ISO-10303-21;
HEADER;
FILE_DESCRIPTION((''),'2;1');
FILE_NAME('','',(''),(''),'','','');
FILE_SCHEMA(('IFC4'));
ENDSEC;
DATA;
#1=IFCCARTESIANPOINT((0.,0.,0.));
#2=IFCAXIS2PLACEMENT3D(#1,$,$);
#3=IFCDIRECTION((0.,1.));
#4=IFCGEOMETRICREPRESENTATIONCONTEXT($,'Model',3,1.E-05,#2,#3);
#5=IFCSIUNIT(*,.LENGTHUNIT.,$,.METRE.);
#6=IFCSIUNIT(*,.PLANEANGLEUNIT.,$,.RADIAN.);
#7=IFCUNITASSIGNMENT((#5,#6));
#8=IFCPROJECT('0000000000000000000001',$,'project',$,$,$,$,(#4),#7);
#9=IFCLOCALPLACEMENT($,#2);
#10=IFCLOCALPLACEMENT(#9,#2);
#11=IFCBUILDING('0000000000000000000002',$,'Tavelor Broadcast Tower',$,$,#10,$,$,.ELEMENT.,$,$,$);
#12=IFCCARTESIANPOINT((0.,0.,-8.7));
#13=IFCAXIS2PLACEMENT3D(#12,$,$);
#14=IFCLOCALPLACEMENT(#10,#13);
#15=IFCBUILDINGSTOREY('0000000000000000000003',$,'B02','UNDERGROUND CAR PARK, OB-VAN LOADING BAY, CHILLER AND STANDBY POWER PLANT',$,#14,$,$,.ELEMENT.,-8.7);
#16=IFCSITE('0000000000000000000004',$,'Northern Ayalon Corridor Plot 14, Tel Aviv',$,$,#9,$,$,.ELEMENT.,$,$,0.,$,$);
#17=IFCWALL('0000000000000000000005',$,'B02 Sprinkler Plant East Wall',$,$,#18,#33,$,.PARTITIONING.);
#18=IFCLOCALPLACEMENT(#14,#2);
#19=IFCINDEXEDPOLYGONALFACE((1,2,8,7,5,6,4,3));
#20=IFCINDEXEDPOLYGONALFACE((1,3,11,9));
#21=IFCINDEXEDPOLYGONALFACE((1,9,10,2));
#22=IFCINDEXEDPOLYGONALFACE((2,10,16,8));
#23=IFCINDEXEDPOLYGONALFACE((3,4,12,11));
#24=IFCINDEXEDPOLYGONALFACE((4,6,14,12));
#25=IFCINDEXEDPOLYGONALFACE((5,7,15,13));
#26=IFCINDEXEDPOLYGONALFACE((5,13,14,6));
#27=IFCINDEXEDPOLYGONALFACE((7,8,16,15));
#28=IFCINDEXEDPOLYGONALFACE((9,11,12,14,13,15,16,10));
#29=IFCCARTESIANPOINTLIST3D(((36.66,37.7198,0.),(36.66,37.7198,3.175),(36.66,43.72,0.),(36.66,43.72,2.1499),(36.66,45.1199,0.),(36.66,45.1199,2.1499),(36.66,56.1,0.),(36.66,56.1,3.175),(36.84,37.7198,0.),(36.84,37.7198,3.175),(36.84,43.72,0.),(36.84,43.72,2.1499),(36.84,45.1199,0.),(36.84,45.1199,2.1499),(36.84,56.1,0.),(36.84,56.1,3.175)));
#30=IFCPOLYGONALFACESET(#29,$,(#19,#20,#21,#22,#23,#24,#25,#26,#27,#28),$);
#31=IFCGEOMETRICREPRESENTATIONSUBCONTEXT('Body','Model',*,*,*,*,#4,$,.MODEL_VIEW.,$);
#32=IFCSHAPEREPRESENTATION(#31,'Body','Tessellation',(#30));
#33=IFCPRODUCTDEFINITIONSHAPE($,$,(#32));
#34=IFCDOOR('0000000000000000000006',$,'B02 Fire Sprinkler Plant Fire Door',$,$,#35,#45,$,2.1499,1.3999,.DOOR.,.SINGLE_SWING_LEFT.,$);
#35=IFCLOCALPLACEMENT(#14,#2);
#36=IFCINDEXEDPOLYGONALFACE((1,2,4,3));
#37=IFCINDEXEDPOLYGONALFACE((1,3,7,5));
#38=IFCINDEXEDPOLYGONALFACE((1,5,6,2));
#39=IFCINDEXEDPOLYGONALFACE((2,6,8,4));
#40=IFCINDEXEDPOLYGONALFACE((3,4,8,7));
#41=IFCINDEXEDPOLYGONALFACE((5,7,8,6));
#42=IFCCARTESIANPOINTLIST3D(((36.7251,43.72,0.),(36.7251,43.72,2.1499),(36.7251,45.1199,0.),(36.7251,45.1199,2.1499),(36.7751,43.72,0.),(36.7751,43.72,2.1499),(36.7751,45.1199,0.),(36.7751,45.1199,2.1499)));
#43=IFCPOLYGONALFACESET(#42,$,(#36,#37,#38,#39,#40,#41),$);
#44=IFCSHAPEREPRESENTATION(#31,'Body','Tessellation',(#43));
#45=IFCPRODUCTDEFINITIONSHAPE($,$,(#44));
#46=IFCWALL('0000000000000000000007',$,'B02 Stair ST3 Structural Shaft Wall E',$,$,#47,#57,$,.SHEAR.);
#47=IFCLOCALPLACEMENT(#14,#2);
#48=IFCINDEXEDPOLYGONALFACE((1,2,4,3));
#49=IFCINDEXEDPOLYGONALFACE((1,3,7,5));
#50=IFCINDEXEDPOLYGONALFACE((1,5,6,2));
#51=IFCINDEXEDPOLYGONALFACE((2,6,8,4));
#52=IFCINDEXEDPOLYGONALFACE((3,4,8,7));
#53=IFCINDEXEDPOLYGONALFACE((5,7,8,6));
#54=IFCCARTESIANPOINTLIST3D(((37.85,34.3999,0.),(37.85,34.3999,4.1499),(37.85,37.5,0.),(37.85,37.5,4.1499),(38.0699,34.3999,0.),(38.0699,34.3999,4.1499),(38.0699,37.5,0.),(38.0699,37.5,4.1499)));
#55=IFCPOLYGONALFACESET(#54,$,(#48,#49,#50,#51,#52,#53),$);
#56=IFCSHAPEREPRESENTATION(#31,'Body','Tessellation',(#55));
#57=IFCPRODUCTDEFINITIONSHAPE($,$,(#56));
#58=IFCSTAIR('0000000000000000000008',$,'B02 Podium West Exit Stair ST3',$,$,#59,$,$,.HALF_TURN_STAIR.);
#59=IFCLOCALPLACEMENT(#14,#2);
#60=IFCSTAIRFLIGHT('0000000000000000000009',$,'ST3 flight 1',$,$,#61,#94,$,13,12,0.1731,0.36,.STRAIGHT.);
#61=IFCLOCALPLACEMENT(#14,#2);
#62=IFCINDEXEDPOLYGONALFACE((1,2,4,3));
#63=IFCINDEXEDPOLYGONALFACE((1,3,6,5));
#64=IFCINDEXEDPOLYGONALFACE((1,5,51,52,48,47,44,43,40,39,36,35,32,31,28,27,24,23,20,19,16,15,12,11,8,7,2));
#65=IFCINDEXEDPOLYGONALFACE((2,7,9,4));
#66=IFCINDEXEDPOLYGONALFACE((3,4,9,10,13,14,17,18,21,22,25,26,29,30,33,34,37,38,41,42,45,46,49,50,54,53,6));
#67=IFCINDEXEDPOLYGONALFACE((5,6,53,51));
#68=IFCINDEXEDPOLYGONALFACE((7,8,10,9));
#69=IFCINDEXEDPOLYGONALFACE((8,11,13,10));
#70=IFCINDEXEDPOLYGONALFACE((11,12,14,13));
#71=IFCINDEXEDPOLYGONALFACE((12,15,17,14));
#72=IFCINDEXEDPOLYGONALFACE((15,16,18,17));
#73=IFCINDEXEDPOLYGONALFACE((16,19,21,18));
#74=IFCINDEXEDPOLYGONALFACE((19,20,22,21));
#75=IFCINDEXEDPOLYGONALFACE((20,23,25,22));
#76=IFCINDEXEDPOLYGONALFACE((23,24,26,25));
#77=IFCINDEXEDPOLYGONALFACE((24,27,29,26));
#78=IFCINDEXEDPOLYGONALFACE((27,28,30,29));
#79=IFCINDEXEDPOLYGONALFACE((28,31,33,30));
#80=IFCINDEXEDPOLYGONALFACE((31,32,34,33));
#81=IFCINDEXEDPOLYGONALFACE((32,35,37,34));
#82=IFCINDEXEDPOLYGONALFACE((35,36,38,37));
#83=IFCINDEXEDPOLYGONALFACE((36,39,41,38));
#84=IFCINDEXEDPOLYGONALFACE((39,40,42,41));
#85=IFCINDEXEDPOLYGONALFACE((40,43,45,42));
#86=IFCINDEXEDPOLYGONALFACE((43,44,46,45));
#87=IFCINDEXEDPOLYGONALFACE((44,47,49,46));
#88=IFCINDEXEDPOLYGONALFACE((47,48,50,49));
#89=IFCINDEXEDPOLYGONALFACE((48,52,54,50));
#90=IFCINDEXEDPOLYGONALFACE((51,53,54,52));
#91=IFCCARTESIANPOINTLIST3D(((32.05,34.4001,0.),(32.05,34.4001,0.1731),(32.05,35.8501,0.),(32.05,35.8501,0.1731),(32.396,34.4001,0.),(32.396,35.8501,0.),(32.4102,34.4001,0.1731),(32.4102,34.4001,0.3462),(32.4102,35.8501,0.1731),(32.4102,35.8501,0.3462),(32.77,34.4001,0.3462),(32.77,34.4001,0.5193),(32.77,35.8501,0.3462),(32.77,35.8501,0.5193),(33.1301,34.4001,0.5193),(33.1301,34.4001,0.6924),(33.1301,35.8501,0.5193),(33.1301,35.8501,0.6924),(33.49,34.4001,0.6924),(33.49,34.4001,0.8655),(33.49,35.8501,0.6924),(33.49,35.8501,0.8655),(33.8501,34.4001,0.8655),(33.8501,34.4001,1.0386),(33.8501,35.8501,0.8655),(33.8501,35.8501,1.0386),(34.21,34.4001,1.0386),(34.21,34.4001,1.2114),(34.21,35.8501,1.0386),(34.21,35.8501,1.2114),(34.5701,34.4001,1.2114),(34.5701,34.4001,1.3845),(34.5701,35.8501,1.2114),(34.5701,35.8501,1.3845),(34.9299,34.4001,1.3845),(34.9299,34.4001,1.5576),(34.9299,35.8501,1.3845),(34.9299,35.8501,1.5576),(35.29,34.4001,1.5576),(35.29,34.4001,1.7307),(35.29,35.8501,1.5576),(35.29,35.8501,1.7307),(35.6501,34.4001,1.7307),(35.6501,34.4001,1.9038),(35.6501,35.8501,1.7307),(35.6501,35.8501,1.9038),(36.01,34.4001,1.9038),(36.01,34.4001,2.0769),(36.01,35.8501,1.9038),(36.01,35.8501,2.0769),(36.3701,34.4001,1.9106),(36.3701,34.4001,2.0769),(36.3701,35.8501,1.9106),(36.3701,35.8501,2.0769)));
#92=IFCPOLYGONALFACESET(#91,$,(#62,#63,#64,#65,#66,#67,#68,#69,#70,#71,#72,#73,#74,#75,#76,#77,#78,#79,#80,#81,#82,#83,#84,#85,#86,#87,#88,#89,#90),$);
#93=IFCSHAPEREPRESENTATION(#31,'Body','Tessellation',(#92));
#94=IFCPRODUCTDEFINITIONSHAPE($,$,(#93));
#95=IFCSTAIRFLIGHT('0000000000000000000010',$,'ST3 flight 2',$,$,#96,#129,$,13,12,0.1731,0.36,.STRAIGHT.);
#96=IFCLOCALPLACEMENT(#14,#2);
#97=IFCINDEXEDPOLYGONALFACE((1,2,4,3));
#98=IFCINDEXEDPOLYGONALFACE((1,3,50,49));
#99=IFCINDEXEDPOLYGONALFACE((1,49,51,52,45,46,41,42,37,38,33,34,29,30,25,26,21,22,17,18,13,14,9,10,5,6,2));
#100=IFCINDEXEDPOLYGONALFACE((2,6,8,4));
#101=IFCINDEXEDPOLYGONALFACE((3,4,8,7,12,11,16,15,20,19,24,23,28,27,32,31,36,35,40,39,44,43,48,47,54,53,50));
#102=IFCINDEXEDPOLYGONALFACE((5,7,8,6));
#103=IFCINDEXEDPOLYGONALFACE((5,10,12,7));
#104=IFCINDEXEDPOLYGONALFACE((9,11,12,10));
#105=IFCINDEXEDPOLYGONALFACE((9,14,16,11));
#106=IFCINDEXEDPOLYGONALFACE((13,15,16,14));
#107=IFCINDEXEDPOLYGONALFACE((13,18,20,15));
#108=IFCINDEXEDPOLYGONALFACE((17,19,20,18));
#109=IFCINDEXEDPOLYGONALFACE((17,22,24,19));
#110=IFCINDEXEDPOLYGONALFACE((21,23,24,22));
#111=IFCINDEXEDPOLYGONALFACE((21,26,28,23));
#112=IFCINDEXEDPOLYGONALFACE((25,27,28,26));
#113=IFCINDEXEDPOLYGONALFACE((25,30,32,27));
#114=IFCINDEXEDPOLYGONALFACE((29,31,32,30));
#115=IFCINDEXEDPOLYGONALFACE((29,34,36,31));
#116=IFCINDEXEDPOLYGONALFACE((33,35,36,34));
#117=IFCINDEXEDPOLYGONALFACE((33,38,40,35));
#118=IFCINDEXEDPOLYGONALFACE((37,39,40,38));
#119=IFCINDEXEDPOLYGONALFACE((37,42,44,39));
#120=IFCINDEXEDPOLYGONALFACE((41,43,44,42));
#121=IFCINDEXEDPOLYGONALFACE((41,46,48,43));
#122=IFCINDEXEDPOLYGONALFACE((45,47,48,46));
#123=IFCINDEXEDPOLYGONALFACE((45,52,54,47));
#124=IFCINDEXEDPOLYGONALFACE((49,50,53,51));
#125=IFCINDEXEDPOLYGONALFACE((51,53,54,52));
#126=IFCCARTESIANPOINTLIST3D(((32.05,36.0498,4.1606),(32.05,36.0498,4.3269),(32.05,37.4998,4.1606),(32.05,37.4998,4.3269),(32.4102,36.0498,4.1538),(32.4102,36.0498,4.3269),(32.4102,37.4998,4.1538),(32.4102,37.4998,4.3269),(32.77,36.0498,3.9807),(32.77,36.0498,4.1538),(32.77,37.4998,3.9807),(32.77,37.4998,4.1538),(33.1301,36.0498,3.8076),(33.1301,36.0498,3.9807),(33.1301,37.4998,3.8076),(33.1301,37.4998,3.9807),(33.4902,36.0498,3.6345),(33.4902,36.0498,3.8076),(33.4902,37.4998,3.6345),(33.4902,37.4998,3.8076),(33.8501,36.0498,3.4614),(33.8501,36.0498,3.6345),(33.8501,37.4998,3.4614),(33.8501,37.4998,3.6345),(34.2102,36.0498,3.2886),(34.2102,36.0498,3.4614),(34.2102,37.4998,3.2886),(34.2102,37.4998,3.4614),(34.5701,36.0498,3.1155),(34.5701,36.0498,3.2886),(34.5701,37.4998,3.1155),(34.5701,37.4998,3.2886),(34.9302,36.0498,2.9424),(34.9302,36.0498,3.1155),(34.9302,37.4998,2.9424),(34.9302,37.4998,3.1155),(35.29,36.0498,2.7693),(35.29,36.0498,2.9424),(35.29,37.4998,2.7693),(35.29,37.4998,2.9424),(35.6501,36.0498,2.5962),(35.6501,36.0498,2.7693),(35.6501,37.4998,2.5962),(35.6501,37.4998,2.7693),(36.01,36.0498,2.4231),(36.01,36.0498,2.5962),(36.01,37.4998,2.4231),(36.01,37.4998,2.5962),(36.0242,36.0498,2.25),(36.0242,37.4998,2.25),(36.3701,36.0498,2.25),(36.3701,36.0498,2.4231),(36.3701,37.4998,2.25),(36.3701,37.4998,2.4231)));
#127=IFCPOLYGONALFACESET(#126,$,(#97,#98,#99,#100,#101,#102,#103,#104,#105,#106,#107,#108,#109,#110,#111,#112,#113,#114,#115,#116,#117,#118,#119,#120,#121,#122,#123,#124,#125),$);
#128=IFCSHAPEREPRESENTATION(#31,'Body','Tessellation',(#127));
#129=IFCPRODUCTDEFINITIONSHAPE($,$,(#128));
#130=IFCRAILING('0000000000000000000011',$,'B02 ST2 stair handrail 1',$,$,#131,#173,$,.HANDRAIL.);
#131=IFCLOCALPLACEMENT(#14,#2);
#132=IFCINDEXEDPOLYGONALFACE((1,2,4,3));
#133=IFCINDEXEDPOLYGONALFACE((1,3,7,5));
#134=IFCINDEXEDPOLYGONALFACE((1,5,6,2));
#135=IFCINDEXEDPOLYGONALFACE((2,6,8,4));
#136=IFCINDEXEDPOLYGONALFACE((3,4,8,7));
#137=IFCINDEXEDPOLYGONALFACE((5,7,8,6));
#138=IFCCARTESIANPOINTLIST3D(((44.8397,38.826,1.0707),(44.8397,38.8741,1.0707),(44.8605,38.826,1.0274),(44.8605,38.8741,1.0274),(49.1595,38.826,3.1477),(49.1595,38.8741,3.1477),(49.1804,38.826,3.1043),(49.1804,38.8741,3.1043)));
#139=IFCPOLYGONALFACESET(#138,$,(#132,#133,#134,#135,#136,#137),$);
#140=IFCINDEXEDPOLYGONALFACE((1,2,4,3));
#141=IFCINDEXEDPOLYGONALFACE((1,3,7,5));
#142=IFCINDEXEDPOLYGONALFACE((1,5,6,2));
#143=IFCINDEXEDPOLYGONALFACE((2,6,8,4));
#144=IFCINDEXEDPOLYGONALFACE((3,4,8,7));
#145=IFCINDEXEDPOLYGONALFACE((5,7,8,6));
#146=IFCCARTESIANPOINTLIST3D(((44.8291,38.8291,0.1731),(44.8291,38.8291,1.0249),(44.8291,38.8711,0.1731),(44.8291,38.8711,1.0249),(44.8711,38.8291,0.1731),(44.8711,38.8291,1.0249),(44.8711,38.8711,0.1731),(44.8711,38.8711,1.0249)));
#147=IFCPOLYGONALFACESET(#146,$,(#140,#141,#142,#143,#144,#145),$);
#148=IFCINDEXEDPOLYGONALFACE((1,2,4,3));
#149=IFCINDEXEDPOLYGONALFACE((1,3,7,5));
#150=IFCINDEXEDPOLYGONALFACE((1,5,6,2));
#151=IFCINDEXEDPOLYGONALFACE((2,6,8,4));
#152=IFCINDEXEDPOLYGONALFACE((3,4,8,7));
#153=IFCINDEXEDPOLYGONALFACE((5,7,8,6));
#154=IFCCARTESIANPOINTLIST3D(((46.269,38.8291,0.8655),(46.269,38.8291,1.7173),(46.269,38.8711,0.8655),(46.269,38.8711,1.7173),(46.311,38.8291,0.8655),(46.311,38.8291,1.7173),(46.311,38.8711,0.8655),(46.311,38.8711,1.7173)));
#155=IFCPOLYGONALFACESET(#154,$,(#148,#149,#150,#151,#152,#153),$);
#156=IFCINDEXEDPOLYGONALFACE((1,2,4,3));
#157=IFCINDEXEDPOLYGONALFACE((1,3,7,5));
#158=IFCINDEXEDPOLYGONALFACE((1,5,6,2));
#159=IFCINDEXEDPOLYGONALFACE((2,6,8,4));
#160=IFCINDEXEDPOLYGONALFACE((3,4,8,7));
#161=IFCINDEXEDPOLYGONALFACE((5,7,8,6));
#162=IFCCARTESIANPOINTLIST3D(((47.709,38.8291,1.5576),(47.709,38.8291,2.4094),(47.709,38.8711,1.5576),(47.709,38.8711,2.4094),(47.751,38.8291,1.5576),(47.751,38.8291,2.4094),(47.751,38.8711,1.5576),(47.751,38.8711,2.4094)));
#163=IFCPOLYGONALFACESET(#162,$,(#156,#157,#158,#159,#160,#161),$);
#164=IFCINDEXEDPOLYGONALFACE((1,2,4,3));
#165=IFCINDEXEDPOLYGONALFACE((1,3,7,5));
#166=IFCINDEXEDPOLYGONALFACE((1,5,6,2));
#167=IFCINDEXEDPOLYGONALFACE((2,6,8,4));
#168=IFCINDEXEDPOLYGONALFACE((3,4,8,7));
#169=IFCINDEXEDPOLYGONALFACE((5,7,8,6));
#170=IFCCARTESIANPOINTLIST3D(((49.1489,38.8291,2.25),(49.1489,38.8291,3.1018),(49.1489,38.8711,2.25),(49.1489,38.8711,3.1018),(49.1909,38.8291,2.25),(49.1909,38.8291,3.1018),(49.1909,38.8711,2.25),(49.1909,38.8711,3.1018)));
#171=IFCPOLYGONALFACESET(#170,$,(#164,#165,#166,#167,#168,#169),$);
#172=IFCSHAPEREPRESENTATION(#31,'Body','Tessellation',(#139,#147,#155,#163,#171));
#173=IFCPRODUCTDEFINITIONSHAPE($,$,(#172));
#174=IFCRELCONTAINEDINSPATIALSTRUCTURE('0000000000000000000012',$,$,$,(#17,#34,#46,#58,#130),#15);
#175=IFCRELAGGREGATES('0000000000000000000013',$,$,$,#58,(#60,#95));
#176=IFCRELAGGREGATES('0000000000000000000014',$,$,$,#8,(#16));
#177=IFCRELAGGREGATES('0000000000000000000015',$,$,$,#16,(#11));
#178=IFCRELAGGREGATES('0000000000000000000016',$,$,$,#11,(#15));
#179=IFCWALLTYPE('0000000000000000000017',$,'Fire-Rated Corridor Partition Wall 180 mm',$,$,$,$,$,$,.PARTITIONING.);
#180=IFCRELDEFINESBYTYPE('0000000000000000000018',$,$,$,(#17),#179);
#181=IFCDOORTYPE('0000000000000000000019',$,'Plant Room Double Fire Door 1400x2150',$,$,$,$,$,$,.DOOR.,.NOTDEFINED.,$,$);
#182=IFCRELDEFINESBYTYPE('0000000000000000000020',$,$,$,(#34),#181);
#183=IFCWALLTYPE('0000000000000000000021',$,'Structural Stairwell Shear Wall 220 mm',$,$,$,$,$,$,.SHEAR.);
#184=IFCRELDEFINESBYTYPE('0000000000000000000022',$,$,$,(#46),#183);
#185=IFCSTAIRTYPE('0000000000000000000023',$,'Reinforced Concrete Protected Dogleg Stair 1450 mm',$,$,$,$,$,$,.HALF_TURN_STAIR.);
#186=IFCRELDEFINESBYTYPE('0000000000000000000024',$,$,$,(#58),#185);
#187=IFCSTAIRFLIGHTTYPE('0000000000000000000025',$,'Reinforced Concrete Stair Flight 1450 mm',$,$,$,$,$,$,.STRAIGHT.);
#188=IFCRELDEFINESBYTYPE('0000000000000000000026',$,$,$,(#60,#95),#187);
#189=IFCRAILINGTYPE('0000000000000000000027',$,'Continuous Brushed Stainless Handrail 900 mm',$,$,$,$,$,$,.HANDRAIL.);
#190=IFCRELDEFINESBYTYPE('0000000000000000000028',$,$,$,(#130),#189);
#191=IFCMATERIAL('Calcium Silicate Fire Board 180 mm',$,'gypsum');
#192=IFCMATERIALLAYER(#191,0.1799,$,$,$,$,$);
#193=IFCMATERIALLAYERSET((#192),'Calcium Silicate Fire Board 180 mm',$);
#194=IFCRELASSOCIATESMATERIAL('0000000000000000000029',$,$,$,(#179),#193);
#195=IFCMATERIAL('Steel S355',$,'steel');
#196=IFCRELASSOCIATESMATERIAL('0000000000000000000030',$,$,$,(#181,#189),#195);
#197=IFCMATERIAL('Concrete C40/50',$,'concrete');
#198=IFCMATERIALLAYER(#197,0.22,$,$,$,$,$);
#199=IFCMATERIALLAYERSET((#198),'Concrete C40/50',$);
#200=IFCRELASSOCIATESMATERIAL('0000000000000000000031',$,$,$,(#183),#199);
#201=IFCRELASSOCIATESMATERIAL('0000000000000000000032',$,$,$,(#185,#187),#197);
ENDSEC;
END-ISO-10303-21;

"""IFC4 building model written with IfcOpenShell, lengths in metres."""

from ifc_helpers import new_model, si_unit, direction, frame, frame_2d, origin, origin_2d, place, context, subcontext, project, spatial, polyline, rectangle, outline, extrude, material, layer, layer_set, type_object, element, fill, aggregate, save


model = new_model("IFC4")

# Units and contexts
model_context = context("Model", 3, precision=1e-05, world=origin(), true_north=direction((0.0, 1.0)))
body_context = subcontext(model_context, "Body", "Model", "MODEL_VIEW")
ifc_project = project(units=[si_unit("LENGTHUNIT", "METRE"), si_unit("PLANEANGLEUNIT", "RADIAN")], contexts=[model_context])

# Site, building, storey
site_placement = place(None, origin())
site = spatial("IfcSite", under=ifc_project, at=site_placement, Name="Northern Ayalon Corridor Plot 14, Tel Aviv", CompositionType="ELEMENT", RefElevation=0.0)
building_placement = place(site_placement, origin())
building = spatial("IfcBuilding", under=site, at=building_placement, Name="Tavelor Broadcast Tower", CompositionType="ELEMENT")
storey_placement = place(building_placement, frame((0.0, 0.0, -8.7)))
storey = spatial("IfcBuildingStorey", under=building, at=storey_placement, Name="B02", Description="UNDERGROUND CAR PARK, OB-VAN LOADING BAY, CHILLER AND STANDBY POWER PLANT", CompositionType="ELEMENT", Elevation=-8.7)

# Shared definitions
ifc_material_1 = material(Name="Concrete C40/50", Category="concrete")

# Shared definitions
ifc_material_2 = material(Name="Steel S355", Category="steel")

# Wall, opening, door
ifc_material_3 = material(Name="Calcium Silicate Fire Board 180 mm", Category="gypsum")
ifc_layer_1 = layer(ifc_material_3, 0.1799)
ifc_layer_set_1 = layer_set([ifc_layer_1], Name="Calcium Silicate Fire Board 180 mm")
wall_type_1 = type_object("IfcWallType", Name="Fire-Rated Corridor Partition Wall 180 mm", PredefinedType="PARTITIONING", material=ifc_layer_set_1)
wall_1_placement = place(storey_placement, frame((36.75, 37.72, 0.0), z_axis=(0.0, 0.0, 1.0), x_axis=(0.0, 1.0, 0.0)))
wall_1 = element("IfcWall", 1, at=wall_1_placement, inside=storey, type_object=wall_type_1, Name="B02 Sprinkler Plant East Wall", PredefinedType="PARTITIONING", context=body_context, shape_type="SweptSolid", body=[
    extrude(rectangle(XDim=18.3801, YDim=0.1799, at=frame_2d((9.1899, 0.0))), origin(), (0.0, 0.0, 1.0), 3.175),
])
opening_1_placement = place(wall_1_placement, frame((6.0, 0.0, 0.0)))
opening_1 = element("IfcOpeningElement", 2, at=opening_1_placement, cuts=wall_1, PredefinedType="OPENING", context=body_context, shape_type="SweptSolid", body=[
    extrude(rectangle(XDim=1.3999, YDim=2.1499, at=frame_2d((0.7, 1.075))), frame((0.0, 0.1001, 0.0), z_axis=(0.0, -1.0, 0.0), x_axis=(1.0, 0.0, 0.0)), (0.0, 0.0, 1.0), 0.2),
])
door_type_1 = type_object("IfcDoorType", Name="Plant Room Double Fire Door 1400x2150", OperationType="NOTDEFINED", PredefinedType="DOOR", material=ifc_material_2)
door_1_placement = place(opening_1_placement, origin())
door_1 = element("IfcDoor", 3, at=door_1_placement, inside=storey, type_object=door_type_1, Name="B02 Fire Sprinkler Plant Fire Door", OperationType="SINGLE_SWING_LEFT", OverallHeight=2.1499, OverallWidth=1.3999, PredefinedType="DOOR", context=body_context, shape_type="SweptSolid", body=[
    extrude(rectangle(XDim=1.3999, YDim=2.1499, at=frame_2d((0.7, 1.075))), frame((0.0, 0.0249, 0.0), z_axis=(0.0, -1.0, 0.0), x_axis=(1.0, 0.0, 0.0)), (0.0, 0.0, 1.0), 0.05),
])
fill(opening_1, door_1)

# Wall
ifc_layer_2 = layer(ifc_material_1, 0.22)
ifc_layer_set_2 = layer_set([ifc_layer_2], Name="Concrete C40/50")
wall_type_2 = type_object("IfcWallType", Name="Structural Stairwell Shear Wall 220 mm", PredefinedType="SHEAR", material=ifc_layer_set_2)
wall_2_placement = place(storey_placement, frame((37.96, 34.3999, 0.0), z_axis=(0.0, 0.0, 1.0), x_axis=(0.0, 1.0, 0.0)))
element("IfcWall", 4, at=wall_2_placement, inside=storey, type_object=wall_type_2, Name="B02 Stair ST3 Structural Shaft Wall E", PredefinedType="SHEAR", context=body_context, shape_type="SweptSolid", body=[
    extrude(rectangle(XDim=3.1001, YDim=0.22, at=frame_2d((1.55, 0.0))), origin(), (0.0, 0.0, 1.0), 4.1499),
])

# Stair, stair flights
stair_type = type_object("IfcStairType", Name="Reinforced Concrete Protected Dogleg Stair 1450 mm", PredefinedType="HALF_TURN_STAIR", material=ifc_material_1)
stair_placement = place(storey_placement, origin())
stair = element("IfcStair", 5, at=stair_placement, inside=storey, type_object=stair_type, Name="B02 Podium West Exit Stair ST3", PredefinedType="HALF_TURN_STAIR")
stair_flight_type = type_object("IfcStairFlightType", Name="Reinforced Concrete Stair Flight 1450 mm", PredefinedType="STRAIGHT", material=ifc_material_1)
stair_flight_1_placement = place(storey_placement, frame((32.05, 35.125, 0.0), z_axis=(0.0, 0.0, 1.0), x_axis=(1.0, 0.0, 0.0)))
stair_flight_1 = element("IfcStairFlight", 6, at=stair_flight_1_placement, type_object=stair_flight_type, Name="ST3 flight 1", NumberOfRisers=13, NumberOfTreads=12, PredefinedType="STRAIGHT", RiserHeight=0.1731, TreadLength=0.36, context=body_context, shape_type="SweptSolid", body=[
    extrude(outline(polyline([(0.0, 0.0), (0.0, 0.1731), (0.3601, 0.1731), (0.3601, 0.3462), (0.72, 0.3462), (0.72, 0.5193), (1.0801, 0.5193), (1.0801, 0.6924), (1.4399, 0.6924), (1.4399, 0.8655), (1.8, 0.8655), (1.8, 1.0386), (2.1599, 1.0386), (2.1599, 1.2114), (2.52, 1.2114), (2.52, 1.3845), (2.8799, 1.3845), (2.8799, 1.5576), (3.24, 1.5576), (3.24, 1.7307), (3.6001, 1.7307), (3.6001, 1.9038), (3.96, 1.9038), (3.96, 2.0769), (4.3201, 2.0769), (4.3201, 2.25), (4.3201, 1.9106), (0.3459, 0.0), (0.0, 0.0)])), frame((0.0, 0.7251, 0.0), z_axis=(0.0, -1.0, 0.0), x_axis=(1.0, 0.0, 0.0)), (0.0, 0.0, 1.0), 1.45),
])
stair_flight_2_placement = place(storey_placement, frame((36.3701, 36.7749, 2.25), z_axis=(0.0, 0.0, 1.0), x_axis=(-1.0, 0.0, 0.0)))
stair_flight_2 = element("IfcStairFlight", 7, at=stair_flight_2_placement, type_object=stair_flight_type, Name="ST3 flight 2", NumberOfRisers=13, NumberOfTreads=12, PredefinedType="STRAIGHT", RiserHeight=0.1731, TreadLength=0.36, context=body_context, shape_type="SweptSolid", body=[
    extrude(outline(polyline([(0.0, 0.0), (0.0, 0.1731), (0.3601, 0.1731), (0.3601, 0.3462), (0.72, 0.3462), (0.72, 0.5193), (1.0801, 0.5193), (1.0801, 0.6924), (1.4399, 0.6924), (1.4399, 0.8655), (1.8, 0.8655), (1.8, 1.0386), (2.1599, 1.0386), (2.1599, 1.2114), (2.52, 1.2114), (2.52, 1.3845), (2.8799, 1.3845), (2.8799, 1.5576), (3.24, 1.5576), (3.24, 1.7307), (3.6001, 1.7307), (3.6001, 1.9038), (3.96, 1.9038), (3.96, 2.0769), (4.3201, 2.0769), (4.3201, 2.25), (4.3201, 1.9106), (0.3459, 0.0), (0.0, 0.0)])), frame((0.0, 0.7251, 0.0), z_axis=(0.0, -1.0, 0.0), x_axis=(1.0, 0.0, 0.0)), (0.0, 0.0, 1.0), 1.45),
])
aggregate(stair, [stair_flight_1, stair_flight_2])

# Railing
railing_type_1 = type_object("IfcRailingType", Name="Continuous Brushed Stainless Handrail 900 mm", PredefinedType="HANDRAIL", material=ifc_material_2)
railing_1_placement = place(storey_placement, frame((44.8501, 38.8501, 0.1731)))
element("IfcRailing", 8, at=railing_1_placement, inside=storey, type_object=railing_type_1, Name="B02 ST2 stair handrail 1", PredefinedType="HANDRAIL", context=body_context, shape_type="SweptSolid", body=[
    extrude(rectangle(XDim=0.0481, YDim=0.0481, at=origin_2d()), frame((0.0, 0.0, 0.876), z_axis=(0.901247, 0.0, 0.433306), x_axis=(0.0, 1.0, 0.0)), (0.0, 0.0, 1.0), 4.7932),
    extrude(rectangle(XDim=0.042, YDim=0.042, at=origin_2d()), origin(), (0.0, 0.0, 1.0), 0.8518),
    extrude(rectangle(XDim=0.042, YDim=0.042, at=origin_2d()), frame((1.4399, 0.0, 0.6924)), (0.0, 0.0, 1.0), 0.8518),
    extrude(rectangle(XDim=0.042, YDim=0.042, at=origin_2d()), frame((2.8799, 0.0, 1.3845)), (0.0, 0.0, 1.0), 0.8518),
    extrude(rectangle(XDim=0.042, YDim=0.042, at=origin_2d()), frame((4.3198, 0.0, 2.0769)), (0.0, 0.0, 1.0), 0.8518),
])

save(model, "model.ifc")
